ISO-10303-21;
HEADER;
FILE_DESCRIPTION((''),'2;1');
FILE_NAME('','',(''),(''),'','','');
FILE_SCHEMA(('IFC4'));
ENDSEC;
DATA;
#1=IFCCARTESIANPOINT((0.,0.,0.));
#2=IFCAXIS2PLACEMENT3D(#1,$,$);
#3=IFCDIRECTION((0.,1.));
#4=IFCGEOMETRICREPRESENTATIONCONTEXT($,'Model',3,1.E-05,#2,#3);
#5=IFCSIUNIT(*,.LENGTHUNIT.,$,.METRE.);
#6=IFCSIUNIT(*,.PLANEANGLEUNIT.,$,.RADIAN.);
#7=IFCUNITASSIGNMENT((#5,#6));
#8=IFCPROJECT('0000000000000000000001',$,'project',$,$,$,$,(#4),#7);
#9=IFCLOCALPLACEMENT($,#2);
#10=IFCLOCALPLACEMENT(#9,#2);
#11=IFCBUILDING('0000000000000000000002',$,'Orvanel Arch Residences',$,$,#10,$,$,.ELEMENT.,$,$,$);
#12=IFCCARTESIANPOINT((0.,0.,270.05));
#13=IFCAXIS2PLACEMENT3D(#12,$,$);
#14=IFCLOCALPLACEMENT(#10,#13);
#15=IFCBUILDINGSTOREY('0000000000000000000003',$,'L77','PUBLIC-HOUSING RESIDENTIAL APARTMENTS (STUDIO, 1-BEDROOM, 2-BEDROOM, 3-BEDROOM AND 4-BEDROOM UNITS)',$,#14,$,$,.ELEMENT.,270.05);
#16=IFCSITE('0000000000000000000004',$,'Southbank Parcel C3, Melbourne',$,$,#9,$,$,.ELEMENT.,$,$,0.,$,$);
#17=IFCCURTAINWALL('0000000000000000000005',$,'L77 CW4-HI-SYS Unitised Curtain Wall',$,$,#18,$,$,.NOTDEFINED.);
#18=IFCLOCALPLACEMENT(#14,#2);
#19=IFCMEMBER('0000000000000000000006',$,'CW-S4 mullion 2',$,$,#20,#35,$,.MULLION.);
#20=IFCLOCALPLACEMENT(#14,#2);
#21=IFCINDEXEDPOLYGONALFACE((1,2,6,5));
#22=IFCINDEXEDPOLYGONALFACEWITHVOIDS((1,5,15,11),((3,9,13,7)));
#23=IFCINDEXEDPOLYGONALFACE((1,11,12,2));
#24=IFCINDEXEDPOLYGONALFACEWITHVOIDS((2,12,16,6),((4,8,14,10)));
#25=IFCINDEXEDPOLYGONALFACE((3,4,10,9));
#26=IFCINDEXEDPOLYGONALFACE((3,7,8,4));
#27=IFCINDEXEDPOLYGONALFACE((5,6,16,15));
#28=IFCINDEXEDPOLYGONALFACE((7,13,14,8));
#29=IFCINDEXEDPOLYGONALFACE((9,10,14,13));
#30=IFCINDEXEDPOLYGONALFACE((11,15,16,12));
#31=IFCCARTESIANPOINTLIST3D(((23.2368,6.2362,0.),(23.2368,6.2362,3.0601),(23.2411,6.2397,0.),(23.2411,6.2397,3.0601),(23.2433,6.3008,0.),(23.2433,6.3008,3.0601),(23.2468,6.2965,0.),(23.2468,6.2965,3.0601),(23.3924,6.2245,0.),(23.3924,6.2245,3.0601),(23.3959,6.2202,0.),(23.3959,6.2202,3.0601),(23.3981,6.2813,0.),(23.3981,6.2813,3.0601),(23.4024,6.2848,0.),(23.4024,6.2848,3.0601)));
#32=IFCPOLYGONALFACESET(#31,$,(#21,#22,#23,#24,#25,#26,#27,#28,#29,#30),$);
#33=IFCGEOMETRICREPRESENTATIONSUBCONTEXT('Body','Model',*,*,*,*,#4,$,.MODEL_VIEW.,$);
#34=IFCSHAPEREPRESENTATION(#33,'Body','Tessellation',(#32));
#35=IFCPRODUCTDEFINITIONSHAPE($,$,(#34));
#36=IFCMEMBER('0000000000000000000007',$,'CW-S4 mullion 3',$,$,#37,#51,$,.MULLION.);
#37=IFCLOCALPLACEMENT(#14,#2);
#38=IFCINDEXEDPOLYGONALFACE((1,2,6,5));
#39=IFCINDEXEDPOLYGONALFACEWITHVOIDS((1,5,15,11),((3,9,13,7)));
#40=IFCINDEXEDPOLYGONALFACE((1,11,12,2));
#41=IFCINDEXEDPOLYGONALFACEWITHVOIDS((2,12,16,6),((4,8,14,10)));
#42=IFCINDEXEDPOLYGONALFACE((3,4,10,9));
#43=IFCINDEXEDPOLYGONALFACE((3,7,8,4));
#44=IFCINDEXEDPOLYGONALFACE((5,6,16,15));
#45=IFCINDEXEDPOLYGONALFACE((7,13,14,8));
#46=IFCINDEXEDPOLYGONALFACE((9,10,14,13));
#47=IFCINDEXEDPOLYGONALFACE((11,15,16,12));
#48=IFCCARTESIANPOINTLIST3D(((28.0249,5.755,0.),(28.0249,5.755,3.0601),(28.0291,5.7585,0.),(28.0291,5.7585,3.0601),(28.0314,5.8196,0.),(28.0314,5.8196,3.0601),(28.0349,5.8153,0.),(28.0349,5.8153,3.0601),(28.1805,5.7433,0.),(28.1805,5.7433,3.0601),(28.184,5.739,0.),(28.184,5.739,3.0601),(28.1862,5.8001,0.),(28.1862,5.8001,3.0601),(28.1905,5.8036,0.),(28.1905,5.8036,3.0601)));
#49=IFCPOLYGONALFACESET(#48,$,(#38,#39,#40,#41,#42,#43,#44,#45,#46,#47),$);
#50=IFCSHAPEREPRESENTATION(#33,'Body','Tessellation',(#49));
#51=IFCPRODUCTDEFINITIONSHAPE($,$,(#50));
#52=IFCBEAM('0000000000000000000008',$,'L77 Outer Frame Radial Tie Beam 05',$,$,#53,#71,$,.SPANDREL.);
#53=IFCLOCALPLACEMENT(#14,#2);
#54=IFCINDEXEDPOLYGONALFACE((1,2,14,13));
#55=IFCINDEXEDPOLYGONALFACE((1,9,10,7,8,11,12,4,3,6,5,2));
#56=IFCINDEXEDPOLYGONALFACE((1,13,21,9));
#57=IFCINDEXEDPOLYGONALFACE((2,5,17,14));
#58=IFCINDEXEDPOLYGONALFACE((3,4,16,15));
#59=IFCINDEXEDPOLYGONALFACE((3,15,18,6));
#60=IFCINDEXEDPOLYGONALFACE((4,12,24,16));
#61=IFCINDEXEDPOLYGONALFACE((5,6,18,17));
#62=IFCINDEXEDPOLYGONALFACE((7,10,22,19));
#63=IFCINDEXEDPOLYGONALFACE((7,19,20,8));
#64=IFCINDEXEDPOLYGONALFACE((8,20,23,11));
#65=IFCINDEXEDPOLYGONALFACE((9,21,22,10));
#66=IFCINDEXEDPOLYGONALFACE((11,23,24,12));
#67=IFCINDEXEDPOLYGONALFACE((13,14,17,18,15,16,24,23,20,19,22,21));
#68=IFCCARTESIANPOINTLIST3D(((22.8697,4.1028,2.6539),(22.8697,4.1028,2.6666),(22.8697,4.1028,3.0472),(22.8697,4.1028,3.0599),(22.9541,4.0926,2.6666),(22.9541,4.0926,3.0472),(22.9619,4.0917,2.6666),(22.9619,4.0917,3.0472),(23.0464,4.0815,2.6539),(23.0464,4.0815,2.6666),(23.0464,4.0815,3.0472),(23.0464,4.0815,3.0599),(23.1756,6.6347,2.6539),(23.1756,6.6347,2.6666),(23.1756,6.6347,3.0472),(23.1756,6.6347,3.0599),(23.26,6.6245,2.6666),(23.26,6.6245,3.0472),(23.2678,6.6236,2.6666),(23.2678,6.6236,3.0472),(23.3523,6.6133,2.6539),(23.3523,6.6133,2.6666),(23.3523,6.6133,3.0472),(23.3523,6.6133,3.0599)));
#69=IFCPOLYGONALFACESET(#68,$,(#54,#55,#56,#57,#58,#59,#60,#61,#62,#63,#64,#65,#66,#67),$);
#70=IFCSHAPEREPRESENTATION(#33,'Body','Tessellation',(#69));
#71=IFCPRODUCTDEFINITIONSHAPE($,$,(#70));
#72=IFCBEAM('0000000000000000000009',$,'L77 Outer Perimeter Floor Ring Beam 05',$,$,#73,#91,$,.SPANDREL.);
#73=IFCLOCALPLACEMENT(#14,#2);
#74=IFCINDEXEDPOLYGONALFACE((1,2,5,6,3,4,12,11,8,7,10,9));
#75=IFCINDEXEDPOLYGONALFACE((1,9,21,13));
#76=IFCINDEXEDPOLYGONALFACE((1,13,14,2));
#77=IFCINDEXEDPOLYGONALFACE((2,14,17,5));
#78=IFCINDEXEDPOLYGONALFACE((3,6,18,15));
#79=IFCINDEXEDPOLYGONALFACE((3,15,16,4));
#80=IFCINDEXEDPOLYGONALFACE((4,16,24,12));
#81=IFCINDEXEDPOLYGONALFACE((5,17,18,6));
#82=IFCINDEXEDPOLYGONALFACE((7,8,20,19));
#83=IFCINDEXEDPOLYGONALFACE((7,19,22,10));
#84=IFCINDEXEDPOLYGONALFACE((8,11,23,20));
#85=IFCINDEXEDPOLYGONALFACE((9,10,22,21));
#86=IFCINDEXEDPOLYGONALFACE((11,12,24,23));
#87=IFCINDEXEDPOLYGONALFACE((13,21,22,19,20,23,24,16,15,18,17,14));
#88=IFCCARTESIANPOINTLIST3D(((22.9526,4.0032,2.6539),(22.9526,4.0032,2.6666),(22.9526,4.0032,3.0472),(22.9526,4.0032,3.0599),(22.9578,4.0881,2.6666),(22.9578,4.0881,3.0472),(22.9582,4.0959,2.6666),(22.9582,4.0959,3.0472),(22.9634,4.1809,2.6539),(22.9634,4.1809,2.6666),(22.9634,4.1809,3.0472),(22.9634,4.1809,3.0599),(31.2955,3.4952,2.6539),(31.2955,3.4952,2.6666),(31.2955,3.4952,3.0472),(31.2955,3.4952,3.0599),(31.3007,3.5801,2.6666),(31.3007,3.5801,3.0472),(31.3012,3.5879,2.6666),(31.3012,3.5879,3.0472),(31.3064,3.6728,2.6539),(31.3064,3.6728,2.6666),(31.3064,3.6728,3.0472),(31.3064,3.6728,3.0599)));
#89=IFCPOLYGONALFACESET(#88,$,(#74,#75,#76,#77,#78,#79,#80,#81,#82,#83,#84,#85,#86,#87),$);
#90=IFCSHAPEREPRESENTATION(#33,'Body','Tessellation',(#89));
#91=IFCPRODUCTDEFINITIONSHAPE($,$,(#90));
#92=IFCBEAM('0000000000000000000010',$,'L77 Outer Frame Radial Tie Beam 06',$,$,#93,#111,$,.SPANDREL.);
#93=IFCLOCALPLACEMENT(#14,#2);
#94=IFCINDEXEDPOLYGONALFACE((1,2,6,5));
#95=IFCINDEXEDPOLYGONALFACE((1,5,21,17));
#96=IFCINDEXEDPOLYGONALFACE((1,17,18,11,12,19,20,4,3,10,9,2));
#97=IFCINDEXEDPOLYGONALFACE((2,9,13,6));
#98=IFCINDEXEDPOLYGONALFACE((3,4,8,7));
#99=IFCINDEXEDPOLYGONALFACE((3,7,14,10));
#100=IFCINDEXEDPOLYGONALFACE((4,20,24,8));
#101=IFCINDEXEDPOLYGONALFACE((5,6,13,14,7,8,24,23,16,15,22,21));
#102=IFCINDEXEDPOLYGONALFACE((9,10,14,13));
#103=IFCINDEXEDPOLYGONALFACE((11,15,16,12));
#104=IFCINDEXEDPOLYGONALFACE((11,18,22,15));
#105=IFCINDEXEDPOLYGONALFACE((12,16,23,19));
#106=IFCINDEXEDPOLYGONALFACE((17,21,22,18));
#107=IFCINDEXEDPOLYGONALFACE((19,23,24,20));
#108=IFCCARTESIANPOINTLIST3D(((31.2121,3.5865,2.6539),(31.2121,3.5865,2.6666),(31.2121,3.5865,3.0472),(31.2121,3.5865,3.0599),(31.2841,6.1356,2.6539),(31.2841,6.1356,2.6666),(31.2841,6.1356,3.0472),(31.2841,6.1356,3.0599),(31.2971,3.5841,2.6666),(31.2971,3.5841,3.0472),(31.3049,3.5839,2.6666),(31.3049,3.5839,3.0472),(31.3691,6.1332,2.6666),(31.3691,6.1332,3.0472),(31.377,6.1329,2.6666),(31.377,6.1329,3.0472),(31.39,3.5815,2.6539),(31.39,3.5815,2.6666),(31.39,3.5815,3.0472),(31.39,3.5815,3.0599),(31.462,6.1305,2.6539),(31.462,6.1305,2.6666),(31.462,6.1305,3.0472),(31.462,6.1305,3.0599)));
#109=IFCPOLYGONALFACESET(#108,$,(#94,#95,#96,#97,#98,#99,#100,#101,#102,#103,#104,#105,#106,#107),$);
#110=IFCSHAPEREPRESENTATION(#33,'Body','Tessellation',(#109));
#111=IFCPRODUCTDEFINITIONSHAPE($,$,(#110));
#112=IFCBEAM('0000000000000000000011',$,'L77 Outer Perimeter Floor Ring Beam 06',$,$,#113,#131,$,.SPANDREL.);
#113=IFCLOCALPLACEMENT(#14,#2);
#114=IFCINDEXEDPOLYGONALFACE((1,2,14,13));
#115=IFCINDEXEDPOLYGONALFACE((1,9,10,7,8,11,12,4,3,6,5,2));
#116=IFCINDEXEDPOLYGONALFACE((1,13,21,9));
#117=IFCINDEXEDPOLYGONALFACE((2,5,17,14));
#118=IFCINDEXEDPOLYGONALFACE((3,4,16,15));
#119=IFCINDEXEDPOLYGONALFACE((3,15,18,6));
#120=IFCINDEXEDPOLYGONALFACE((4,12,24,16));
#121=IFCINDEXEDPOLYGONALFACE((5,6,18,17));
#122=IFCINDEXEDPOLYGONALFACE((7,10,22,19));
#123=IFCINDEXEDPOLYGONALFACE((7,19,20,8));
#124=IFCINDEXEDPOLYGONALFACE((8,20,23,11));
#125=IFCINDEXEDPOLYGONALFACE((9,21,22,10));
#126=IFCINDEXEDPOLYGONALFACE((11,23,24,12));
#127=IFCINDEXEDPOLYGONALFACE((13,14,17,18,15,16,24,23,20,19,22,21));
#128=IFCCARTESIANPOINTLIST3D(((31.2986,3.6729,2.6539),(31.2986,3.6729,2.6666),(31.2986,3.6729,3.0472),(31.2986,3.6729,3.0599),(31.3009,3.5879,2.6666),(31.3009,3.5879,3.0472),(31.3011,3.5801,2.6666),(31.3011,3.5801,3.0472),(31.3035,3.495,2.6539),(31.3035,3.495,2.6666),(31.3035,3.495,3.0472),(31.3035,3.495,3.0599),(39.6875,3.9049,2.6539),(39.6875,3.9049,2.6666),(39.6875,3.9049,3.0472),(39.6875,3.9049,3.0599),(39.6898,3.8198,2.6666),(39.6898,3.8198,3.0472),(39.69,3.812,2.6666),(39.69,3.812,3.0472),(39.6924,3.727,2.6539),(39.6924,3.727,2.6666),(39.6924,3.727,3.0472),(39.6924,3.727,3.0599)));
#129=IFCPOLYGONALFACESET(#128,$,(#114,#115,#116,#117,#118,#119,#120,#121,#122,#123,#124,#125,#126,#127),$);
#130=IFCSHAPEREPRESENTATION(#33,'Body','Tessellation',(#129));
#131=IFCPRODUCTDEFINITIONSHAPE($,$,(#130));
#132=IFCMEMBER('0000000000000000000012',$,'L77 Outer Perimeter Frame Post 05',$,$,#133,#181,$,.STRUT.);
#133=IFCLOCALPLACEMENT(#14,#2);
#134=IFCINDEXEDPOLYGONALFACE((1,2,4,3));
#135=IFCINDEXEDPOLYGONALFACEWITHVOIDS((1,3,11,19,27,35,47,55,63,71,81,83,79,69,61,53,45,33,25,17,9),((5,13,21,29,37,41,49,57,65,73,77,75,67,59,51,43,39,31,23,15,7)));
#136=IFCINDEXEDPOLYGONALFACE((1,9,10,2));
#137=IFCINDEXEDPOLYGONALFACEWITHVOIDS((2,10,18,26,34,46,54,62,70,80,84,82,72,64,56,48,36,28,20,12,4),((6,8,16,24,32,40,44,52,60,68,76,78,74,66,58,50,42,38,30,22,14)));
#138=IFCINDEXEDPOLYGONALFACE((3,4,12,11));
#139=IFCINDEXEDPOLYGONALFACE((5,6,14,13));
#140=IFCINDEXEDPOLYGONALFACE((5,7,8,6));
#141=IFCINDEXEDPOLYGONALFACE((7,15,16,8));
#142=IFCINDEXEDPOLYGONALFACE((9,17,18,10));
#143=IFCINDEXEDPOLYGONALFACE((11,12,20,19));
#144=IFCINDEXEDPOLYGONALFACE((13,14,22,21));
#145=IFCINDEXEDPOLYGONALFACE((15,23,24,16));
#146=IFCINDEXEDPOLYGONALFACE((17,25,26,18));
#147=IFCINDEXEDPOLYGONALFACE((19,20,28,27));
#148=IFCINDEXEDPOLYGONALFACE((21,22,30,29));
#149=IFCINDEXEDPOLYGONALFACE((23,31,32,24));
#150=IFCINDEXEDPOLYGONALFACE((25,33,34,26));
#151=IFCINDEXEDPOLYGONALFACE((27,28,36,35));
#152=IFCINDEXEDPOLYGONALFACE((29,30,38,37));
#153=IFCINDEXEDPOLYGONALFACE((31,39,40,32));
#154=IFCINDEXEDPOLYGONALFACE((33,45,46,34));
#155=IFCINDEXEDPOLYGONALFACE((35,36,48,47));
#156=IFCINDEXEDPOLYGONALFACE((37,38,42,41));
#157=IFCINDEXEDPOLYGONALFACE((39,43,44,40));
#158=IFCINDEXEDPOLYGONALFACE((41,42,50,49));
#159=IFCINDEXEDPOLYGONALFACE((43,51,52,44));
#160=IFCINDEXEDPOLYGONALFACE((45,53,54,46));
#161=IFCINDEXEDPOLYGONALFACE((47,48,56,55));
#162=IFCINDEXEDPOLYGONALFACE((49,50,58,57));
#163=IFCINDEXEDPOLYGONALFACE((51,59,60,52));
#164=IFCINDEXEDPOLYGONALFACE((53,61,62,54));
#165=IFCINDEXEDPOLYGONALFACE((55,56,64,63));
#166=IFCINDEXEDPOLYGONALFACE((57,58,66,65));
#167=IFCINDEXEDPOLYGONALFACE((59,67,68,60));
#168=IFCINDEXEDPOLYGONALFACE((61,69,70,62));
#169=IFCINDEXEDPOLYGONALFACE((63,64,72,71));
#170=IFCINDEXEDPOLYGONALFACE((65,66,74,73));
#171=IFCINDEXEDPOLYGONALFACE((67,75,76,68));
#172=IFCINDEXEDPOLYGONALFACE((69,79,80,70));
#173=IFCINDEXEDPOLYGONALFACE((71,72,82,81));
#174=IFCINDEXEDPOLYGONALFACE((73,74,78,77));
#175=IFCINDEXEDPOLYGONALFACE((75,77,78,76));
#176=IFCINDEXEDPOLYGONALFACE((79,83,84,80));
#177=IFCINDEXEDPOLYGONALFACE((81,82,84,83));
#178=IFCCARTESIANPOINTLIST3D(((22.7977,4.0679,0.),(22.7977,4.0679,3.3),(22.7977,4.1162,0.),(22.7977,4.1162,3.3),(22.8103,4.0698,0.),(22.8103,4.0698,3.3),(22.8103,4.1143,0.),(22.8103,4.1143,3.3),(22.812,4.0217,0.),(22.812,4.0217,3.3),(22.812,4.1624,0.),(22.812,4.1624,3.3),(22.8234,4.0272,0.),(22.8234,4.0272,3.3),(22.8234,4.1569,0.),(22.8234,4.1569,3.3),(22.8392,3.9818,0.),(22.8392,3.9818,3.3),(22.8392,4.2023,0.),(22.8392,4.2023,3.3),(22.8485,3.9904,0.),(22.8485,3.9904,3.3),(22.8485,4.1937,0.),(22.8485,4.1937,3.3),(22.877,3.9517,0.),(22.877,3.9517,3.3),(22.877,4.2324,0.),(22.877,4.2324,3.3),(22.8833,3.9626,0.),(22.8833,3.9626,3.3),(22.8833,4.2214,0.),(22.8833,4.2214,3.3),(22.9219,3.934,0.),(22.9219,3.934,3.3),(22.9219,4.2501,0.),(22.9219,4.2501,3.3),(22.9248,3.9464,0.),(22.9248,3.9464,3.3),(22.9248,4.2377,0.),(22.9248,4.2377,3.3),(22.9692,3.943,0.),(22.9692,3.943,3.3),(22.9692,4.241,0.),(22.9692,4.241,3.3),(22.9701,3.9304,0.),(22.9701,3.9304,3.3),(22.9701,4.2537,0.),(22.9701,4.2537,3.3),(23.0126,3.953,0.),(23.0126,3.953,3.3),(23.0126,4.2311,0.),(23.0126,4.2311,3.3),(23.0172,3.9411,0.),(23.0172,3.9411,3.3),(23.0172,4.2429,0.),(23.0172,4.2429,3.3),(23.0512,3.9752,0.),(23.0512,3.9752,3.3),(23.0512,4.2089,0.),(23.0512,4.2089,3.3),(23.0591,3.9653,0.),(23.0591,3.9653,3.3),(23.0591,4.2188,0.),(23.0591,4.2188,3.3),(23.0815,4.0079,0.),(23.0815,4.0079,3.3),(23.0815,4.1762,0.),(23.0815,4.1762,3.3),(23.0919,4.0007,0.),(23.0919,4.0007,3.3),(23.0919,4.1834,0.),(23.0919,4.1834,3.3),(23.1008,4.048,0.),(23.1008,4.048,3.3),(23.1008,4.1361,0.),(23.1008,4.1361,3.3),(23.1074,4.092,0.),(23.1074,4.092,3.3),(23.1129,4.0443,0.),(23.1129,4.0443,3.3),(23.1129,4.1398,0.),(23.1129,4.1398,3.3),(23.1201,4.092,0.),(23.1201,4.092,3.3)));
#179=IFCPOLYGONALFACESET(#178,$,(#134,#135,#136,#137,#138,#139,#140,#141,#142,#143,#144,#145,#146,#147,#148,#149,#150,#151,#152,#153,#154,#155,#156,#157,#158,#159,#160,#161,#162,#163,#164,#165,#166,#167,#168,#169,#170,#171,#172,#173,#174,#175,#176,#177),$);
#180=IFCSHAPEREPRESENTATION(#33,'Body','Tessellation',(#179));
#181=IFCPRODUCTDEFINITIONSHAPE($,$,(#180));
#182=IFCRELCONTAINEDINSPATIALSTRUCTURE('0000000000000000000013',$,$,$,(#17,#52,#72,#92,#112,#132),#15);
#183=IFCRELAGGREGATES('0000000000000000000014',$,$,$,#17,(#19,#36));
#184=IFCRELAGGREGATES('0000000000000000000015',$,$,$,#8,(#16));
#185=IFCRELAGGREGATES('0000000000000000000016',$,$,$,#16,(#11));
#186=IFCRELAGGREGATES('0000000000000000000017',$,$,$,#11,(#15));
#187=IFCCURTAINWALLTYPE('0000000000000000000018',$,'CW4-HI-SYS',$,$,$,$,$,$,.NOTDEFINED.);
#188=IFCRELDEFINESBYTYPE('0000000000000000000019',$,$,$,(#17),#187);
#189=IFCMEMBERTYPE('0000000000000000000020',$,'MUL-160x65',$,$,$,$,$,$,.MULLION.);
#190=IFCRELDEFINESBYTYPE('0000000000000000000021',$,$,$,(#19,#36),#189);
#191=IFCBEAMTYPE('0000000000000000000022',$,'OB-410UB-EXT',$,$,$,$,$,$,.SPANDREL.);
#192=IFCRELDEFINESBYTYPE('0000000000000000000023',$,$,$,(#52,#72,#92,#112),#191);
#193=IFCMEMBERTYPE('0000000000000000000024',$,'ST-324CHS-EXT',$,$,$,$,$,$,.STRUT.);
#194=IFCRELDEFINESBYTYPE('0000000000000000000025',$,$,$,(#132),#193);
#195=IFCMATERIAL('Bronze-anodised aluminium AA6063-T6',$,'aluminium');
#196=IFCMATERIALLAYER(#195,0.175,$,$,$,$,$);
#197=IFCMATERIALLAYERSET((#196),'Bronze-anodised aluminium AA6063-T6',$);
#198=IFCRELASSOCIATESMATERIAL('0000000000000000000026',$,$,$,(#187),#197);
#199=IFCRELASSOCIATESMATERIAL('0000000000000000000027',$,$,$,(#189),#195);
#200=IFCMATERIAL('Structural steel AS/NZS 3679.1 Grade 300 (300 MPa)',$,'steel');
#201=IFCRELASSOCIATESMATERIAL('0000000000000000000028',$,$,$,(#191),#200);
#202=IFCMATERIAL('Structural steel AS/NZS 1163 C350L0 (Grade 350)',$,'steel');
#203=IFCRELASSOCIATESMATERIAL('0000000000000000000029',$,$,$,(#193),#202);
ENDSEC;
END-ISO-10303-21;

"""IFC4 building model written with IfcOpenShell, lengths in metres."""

from ifc_helpers import new_model, si_unit, direction, frame, origin, origin_2d, place, context, subcontext, project, spatial, hollow_rectangle, hollow_circle, i_section, extrude, material, layer, layer_set, material_profile, profile_set, type_object, element, aggregate, save


model = new_model("IFC4")

# Units and contexts
model_context = context("Model", 3, precision=1e-05, world=origin(), true_north=direction((0.0, 1.0)))
body_context = subcontext(model_context, "Body", "Model", "MODEL_VIEW")
ifc_project = project(units=[si_unit("LENGTHUNIT", "METRE"), si_unit("PLANEANGLEUNIT", "RADIAN")], contexts=[model_context])

# Site, building, storey
site_placement = place(None, origin())
site = spatial("IfcSite", under=ifc_project, at=site_placement, Name="Southbank Parcel C3, Melbourne", CompositionType="ELEMENT", RefElevation=0.0)
building_placement = place(site_placement, origin())
building = spatial("IfcBuilding", under=site, at=building_placement, Name="Orvanel Arch Residences", CompositionType="ELEMENT")
storey_placement = place(building_placement, frame((0.0, 0.0, 270.05)))
storey = spatial("IfcBuildingStorey", under=building, at=storey_placement, Name="L77", Description="PUBLIC-HOUSING RESIDENTIAL APARTMENTS (STUDIO, 1-BEDROOM, 2-BEDROOM, 3-BEDROOM AND 4-BEDROOM UNITS)", CompositionType="ELEMENT", Elevation=270.05)

# Curtain wall, members
ifc_material_1 = material(Name="Bronze-anodised aluminium AA6063-T6", Category="aluminium")
ifc_layer_1 = layer(ifc_material_1, 0.175)
ifc_layer_set_1 = layer_set([ifc_layer_1], Name="Bronze-anodised aluminium AA6063-T6")
curtain_wall_type = type_object("IfcCurtainWallType", Name="CW4-HI-SYS", PredefinedType="NOTDEFINED", material=ifc_layer_set_1)
curtain_wall_placement = place(storey_placement, origin())
curtain_wall = element("IfcCurtainWall", 1, at=curtain_wall_placement, inside=storey, type_object=curtain_wall_type, Name="L77 CW4-HI-SYS Unitised Curtain Wall", PredefinedType="NOTDEFINED")
ifc_material_profile_1 = material_profile(ifc_material_1, hollow_rectangle(XDim=0.0649, YDim=0.1599, WallThickness=0.0039, at=origin_2d()), Name="ALU160x65x4")
ifc_profile_set_1 = profile_set([ifc_material_profile_1], Name="Bronze-anodised aluminium AA6063-T6")
member_type_1 = type_object("IfcMemberType", Name="MUL-160x65", PredefinedType="MULLION", material=ifc_profile_set_1)
member_1_placement = place(storey_placement, frame((23.3196, 6.2605, 0.0), z_axis=(0.0, 0.0, 1.0), x_axis=(0.100004, 0.994987, 0.0)))
member_1 = element("IfcMember", 2, at=member_1_placement, type_object=member_type_1, Name="CW-S4 mullion 2", PredefinedType="MULLION", context=body_context, shape_type="SweptSolid", body=[
    extrude(hollow_rectangle(XDim=0.0649, YDim=0.1599, WallThickness=0.0039, at=origin_2d()), origin(), (0.0, 0.0, 1.0), 3.0601),
])
member_2_placement = place(storey_placement, frame((28.1077, 5.7793, 0.0), z_axis=(0.0, 0.0, 1.0), x_axis=(0.100004, 0.994987, 0.0)))
member_2 = element("IfcMember", 3, at=member_2_placement, type_object=member_type_1, Name="CW-S4 mullion 3", PredefinedType="MULLION", context=body_context, shape_type="SweptSolid", body=[
    extrude(hollow_rectangle(XDim=0.0649, YDim=0.1599, WallThickness=0.0039, at=origin_2d()), origin(), (0.0, 0.0, 1.0), 3.0601),
])

# Beams
ifc_material_2 = material(Name="Structural steel AS/NZS 3679.1 Grade 300 (300 MPa)", Category="steel")
ifc_material_profile_2 = material_profile(ifc_material_2, i_section(OverallWidth=0.178, OverallDepth=0.406, WebThickness=0.0078, FlangeThickness=0.0127, at=origin_2d()), Name="410UB59.7")
ifc_profile_set_2 = profile_set([ifc_material_profile_2], Name="Structural steel AS/NZS 3679.1 Grade 300 (300 MPa)")
beam_type = type_object("IfcBeamType", Name="OB-410UB-EXT", PredefinedType="SPANDREL", material=ifc_profile_set_2)
beam_1_placement = place(storey_placement, frame((23.2639, 6.624, 2.8569), z_axis=(-0.119945, -0.99278, 0.0), x_axis=(0.99278, -0.119945, 0.0)))
element("IfcBeam", 4, at=beam_1_placement, inside=storey, type_object=beam_type, Name="L77 Outer Frame Radial Tie Beam 05", PredefinedType="SPANDREL", context=body_context, shape_type="SweptSolid", body=[
    extrude(i_section(OverallWidth=0.178, OverallDepth=0.406, WebThickness=0.0078, FlangeThickness=0.0127, at=origin_2d()), origin(), (0.0, 0.0, 1.0), 2.5503),
])
beam_2_placement = place(storey_placement, frame((22.958, 4.092, 2.8569), z_axis=(0.998151, -0.060783, 0.0), x_axis=(0.060783, 0.998151, 0.0)))
element("IfcBeam", 5, at=beam_2_placement, inside=storey, type_object=beam_type, Name="L77 Outer Perimeter Floor Ring Beam 05", PredefinedType="SPANDREL", context=body_context, shape_type="SweptSolid", body=[
    extrude(i_section(OverallWidth=0.178, OverallDepth=0.406, WebThickness=0.0078, FlangeThickness=0.0127, at=origin_2d()), origin(), (0.0, 0.0, 1.0), 8.3584),
])
beam_3_placement = place(storey_placement, frame((31.373, 6.1331, 2.8569), z_axis=(-0.028243, -0.999601, 0.0), x_axis=(0.999601, -0.028243, 0.0)))
element("IfcBeam", 6, at=beam_3_placement, inside=storey, type_object=beam_type, Name="L77 Outer Frame Radial Tie Beam 06", PredefinedType="SPANDREL", context=body_context, shape_type="SweptSolid", body=[
    extrude(i_section(OverallWidth=0.178, OverallDepth=0.406, WebThickness=0.0078, FlangeThickness=0.0127, at=origin_2d()), origin(), (0.0, 0.0, 1.0), 2.55),
])
beam_4_placement = place(storey_placement, frame((31.301, 3.584, 2.8569), z_axis=(0.999618, 0.027637, 0.0), x_axis=(-0.027637, 0.999618, 0.0)))
element("IfcBeam", 7, at=beam_4_placement, inside=storey, type_object=beam_type, Name="L77 Outer Perimeter Floor Ring Beam 06", PredefinedType="SPANDREL", context=body_context, shape_type="SweptSolid", body=[
    extrude(i_section(OverallWidth=0.178, OverallDepth=0.406, WebThickness=0.0078, FlangeThickness=0.0127, at=origin_2d()), origin(), (0.0, 0.0, 1.0), 8.3921),
])

# Member
ifc_material_3 = material(Name="Structural steel AS/NZS 1163 C350L0 (Grade 350)", Category="steel")
ifc_material_profile_3 = material_profile(ifc_material_3, hollow_circle(Radius=0.1621, WallThickness=0.0127, at=origin_2d()), Name="CHS324x12.7")
ifc_profile_set_3 = profile_set([ifc_material_profile_3], Name="Structural steel AS/NZS 1163 C350L0 (Grade 350)")
member_type_2 = type_object("IfcMemberType", Name="ST-324CHS-EXT", PredefinedType="STRUT", material=ifc_profile_set_3)
for number, where, z_axis, x_axis, name in (
    (8, (22.958, 4.092, 0.0), (0.0, 0.0, 1.0), (1.0, 0.0, 0.0), "L77 Outer Perimeter Frame Post 05"),
):
    element("IfcMember", number, at=place(storey_placement, frame(where, z_axis=z_axis, x_axis=x_axis)), inside=storey, type_object=member_type_2, Name=name, PredefinedType="STRUT", context=body_context, shape_type="SweptSolid", body=[
        extrude(hollow_circle(Radius=0.1621, WallThickness=0.0127, at=origin_2d()), origin(), (0.0, 0.0, 1.0), 3.3),
    ])

aggregate(curtain_wall, [member_1, member_2])

save(model, "model.ifc")
